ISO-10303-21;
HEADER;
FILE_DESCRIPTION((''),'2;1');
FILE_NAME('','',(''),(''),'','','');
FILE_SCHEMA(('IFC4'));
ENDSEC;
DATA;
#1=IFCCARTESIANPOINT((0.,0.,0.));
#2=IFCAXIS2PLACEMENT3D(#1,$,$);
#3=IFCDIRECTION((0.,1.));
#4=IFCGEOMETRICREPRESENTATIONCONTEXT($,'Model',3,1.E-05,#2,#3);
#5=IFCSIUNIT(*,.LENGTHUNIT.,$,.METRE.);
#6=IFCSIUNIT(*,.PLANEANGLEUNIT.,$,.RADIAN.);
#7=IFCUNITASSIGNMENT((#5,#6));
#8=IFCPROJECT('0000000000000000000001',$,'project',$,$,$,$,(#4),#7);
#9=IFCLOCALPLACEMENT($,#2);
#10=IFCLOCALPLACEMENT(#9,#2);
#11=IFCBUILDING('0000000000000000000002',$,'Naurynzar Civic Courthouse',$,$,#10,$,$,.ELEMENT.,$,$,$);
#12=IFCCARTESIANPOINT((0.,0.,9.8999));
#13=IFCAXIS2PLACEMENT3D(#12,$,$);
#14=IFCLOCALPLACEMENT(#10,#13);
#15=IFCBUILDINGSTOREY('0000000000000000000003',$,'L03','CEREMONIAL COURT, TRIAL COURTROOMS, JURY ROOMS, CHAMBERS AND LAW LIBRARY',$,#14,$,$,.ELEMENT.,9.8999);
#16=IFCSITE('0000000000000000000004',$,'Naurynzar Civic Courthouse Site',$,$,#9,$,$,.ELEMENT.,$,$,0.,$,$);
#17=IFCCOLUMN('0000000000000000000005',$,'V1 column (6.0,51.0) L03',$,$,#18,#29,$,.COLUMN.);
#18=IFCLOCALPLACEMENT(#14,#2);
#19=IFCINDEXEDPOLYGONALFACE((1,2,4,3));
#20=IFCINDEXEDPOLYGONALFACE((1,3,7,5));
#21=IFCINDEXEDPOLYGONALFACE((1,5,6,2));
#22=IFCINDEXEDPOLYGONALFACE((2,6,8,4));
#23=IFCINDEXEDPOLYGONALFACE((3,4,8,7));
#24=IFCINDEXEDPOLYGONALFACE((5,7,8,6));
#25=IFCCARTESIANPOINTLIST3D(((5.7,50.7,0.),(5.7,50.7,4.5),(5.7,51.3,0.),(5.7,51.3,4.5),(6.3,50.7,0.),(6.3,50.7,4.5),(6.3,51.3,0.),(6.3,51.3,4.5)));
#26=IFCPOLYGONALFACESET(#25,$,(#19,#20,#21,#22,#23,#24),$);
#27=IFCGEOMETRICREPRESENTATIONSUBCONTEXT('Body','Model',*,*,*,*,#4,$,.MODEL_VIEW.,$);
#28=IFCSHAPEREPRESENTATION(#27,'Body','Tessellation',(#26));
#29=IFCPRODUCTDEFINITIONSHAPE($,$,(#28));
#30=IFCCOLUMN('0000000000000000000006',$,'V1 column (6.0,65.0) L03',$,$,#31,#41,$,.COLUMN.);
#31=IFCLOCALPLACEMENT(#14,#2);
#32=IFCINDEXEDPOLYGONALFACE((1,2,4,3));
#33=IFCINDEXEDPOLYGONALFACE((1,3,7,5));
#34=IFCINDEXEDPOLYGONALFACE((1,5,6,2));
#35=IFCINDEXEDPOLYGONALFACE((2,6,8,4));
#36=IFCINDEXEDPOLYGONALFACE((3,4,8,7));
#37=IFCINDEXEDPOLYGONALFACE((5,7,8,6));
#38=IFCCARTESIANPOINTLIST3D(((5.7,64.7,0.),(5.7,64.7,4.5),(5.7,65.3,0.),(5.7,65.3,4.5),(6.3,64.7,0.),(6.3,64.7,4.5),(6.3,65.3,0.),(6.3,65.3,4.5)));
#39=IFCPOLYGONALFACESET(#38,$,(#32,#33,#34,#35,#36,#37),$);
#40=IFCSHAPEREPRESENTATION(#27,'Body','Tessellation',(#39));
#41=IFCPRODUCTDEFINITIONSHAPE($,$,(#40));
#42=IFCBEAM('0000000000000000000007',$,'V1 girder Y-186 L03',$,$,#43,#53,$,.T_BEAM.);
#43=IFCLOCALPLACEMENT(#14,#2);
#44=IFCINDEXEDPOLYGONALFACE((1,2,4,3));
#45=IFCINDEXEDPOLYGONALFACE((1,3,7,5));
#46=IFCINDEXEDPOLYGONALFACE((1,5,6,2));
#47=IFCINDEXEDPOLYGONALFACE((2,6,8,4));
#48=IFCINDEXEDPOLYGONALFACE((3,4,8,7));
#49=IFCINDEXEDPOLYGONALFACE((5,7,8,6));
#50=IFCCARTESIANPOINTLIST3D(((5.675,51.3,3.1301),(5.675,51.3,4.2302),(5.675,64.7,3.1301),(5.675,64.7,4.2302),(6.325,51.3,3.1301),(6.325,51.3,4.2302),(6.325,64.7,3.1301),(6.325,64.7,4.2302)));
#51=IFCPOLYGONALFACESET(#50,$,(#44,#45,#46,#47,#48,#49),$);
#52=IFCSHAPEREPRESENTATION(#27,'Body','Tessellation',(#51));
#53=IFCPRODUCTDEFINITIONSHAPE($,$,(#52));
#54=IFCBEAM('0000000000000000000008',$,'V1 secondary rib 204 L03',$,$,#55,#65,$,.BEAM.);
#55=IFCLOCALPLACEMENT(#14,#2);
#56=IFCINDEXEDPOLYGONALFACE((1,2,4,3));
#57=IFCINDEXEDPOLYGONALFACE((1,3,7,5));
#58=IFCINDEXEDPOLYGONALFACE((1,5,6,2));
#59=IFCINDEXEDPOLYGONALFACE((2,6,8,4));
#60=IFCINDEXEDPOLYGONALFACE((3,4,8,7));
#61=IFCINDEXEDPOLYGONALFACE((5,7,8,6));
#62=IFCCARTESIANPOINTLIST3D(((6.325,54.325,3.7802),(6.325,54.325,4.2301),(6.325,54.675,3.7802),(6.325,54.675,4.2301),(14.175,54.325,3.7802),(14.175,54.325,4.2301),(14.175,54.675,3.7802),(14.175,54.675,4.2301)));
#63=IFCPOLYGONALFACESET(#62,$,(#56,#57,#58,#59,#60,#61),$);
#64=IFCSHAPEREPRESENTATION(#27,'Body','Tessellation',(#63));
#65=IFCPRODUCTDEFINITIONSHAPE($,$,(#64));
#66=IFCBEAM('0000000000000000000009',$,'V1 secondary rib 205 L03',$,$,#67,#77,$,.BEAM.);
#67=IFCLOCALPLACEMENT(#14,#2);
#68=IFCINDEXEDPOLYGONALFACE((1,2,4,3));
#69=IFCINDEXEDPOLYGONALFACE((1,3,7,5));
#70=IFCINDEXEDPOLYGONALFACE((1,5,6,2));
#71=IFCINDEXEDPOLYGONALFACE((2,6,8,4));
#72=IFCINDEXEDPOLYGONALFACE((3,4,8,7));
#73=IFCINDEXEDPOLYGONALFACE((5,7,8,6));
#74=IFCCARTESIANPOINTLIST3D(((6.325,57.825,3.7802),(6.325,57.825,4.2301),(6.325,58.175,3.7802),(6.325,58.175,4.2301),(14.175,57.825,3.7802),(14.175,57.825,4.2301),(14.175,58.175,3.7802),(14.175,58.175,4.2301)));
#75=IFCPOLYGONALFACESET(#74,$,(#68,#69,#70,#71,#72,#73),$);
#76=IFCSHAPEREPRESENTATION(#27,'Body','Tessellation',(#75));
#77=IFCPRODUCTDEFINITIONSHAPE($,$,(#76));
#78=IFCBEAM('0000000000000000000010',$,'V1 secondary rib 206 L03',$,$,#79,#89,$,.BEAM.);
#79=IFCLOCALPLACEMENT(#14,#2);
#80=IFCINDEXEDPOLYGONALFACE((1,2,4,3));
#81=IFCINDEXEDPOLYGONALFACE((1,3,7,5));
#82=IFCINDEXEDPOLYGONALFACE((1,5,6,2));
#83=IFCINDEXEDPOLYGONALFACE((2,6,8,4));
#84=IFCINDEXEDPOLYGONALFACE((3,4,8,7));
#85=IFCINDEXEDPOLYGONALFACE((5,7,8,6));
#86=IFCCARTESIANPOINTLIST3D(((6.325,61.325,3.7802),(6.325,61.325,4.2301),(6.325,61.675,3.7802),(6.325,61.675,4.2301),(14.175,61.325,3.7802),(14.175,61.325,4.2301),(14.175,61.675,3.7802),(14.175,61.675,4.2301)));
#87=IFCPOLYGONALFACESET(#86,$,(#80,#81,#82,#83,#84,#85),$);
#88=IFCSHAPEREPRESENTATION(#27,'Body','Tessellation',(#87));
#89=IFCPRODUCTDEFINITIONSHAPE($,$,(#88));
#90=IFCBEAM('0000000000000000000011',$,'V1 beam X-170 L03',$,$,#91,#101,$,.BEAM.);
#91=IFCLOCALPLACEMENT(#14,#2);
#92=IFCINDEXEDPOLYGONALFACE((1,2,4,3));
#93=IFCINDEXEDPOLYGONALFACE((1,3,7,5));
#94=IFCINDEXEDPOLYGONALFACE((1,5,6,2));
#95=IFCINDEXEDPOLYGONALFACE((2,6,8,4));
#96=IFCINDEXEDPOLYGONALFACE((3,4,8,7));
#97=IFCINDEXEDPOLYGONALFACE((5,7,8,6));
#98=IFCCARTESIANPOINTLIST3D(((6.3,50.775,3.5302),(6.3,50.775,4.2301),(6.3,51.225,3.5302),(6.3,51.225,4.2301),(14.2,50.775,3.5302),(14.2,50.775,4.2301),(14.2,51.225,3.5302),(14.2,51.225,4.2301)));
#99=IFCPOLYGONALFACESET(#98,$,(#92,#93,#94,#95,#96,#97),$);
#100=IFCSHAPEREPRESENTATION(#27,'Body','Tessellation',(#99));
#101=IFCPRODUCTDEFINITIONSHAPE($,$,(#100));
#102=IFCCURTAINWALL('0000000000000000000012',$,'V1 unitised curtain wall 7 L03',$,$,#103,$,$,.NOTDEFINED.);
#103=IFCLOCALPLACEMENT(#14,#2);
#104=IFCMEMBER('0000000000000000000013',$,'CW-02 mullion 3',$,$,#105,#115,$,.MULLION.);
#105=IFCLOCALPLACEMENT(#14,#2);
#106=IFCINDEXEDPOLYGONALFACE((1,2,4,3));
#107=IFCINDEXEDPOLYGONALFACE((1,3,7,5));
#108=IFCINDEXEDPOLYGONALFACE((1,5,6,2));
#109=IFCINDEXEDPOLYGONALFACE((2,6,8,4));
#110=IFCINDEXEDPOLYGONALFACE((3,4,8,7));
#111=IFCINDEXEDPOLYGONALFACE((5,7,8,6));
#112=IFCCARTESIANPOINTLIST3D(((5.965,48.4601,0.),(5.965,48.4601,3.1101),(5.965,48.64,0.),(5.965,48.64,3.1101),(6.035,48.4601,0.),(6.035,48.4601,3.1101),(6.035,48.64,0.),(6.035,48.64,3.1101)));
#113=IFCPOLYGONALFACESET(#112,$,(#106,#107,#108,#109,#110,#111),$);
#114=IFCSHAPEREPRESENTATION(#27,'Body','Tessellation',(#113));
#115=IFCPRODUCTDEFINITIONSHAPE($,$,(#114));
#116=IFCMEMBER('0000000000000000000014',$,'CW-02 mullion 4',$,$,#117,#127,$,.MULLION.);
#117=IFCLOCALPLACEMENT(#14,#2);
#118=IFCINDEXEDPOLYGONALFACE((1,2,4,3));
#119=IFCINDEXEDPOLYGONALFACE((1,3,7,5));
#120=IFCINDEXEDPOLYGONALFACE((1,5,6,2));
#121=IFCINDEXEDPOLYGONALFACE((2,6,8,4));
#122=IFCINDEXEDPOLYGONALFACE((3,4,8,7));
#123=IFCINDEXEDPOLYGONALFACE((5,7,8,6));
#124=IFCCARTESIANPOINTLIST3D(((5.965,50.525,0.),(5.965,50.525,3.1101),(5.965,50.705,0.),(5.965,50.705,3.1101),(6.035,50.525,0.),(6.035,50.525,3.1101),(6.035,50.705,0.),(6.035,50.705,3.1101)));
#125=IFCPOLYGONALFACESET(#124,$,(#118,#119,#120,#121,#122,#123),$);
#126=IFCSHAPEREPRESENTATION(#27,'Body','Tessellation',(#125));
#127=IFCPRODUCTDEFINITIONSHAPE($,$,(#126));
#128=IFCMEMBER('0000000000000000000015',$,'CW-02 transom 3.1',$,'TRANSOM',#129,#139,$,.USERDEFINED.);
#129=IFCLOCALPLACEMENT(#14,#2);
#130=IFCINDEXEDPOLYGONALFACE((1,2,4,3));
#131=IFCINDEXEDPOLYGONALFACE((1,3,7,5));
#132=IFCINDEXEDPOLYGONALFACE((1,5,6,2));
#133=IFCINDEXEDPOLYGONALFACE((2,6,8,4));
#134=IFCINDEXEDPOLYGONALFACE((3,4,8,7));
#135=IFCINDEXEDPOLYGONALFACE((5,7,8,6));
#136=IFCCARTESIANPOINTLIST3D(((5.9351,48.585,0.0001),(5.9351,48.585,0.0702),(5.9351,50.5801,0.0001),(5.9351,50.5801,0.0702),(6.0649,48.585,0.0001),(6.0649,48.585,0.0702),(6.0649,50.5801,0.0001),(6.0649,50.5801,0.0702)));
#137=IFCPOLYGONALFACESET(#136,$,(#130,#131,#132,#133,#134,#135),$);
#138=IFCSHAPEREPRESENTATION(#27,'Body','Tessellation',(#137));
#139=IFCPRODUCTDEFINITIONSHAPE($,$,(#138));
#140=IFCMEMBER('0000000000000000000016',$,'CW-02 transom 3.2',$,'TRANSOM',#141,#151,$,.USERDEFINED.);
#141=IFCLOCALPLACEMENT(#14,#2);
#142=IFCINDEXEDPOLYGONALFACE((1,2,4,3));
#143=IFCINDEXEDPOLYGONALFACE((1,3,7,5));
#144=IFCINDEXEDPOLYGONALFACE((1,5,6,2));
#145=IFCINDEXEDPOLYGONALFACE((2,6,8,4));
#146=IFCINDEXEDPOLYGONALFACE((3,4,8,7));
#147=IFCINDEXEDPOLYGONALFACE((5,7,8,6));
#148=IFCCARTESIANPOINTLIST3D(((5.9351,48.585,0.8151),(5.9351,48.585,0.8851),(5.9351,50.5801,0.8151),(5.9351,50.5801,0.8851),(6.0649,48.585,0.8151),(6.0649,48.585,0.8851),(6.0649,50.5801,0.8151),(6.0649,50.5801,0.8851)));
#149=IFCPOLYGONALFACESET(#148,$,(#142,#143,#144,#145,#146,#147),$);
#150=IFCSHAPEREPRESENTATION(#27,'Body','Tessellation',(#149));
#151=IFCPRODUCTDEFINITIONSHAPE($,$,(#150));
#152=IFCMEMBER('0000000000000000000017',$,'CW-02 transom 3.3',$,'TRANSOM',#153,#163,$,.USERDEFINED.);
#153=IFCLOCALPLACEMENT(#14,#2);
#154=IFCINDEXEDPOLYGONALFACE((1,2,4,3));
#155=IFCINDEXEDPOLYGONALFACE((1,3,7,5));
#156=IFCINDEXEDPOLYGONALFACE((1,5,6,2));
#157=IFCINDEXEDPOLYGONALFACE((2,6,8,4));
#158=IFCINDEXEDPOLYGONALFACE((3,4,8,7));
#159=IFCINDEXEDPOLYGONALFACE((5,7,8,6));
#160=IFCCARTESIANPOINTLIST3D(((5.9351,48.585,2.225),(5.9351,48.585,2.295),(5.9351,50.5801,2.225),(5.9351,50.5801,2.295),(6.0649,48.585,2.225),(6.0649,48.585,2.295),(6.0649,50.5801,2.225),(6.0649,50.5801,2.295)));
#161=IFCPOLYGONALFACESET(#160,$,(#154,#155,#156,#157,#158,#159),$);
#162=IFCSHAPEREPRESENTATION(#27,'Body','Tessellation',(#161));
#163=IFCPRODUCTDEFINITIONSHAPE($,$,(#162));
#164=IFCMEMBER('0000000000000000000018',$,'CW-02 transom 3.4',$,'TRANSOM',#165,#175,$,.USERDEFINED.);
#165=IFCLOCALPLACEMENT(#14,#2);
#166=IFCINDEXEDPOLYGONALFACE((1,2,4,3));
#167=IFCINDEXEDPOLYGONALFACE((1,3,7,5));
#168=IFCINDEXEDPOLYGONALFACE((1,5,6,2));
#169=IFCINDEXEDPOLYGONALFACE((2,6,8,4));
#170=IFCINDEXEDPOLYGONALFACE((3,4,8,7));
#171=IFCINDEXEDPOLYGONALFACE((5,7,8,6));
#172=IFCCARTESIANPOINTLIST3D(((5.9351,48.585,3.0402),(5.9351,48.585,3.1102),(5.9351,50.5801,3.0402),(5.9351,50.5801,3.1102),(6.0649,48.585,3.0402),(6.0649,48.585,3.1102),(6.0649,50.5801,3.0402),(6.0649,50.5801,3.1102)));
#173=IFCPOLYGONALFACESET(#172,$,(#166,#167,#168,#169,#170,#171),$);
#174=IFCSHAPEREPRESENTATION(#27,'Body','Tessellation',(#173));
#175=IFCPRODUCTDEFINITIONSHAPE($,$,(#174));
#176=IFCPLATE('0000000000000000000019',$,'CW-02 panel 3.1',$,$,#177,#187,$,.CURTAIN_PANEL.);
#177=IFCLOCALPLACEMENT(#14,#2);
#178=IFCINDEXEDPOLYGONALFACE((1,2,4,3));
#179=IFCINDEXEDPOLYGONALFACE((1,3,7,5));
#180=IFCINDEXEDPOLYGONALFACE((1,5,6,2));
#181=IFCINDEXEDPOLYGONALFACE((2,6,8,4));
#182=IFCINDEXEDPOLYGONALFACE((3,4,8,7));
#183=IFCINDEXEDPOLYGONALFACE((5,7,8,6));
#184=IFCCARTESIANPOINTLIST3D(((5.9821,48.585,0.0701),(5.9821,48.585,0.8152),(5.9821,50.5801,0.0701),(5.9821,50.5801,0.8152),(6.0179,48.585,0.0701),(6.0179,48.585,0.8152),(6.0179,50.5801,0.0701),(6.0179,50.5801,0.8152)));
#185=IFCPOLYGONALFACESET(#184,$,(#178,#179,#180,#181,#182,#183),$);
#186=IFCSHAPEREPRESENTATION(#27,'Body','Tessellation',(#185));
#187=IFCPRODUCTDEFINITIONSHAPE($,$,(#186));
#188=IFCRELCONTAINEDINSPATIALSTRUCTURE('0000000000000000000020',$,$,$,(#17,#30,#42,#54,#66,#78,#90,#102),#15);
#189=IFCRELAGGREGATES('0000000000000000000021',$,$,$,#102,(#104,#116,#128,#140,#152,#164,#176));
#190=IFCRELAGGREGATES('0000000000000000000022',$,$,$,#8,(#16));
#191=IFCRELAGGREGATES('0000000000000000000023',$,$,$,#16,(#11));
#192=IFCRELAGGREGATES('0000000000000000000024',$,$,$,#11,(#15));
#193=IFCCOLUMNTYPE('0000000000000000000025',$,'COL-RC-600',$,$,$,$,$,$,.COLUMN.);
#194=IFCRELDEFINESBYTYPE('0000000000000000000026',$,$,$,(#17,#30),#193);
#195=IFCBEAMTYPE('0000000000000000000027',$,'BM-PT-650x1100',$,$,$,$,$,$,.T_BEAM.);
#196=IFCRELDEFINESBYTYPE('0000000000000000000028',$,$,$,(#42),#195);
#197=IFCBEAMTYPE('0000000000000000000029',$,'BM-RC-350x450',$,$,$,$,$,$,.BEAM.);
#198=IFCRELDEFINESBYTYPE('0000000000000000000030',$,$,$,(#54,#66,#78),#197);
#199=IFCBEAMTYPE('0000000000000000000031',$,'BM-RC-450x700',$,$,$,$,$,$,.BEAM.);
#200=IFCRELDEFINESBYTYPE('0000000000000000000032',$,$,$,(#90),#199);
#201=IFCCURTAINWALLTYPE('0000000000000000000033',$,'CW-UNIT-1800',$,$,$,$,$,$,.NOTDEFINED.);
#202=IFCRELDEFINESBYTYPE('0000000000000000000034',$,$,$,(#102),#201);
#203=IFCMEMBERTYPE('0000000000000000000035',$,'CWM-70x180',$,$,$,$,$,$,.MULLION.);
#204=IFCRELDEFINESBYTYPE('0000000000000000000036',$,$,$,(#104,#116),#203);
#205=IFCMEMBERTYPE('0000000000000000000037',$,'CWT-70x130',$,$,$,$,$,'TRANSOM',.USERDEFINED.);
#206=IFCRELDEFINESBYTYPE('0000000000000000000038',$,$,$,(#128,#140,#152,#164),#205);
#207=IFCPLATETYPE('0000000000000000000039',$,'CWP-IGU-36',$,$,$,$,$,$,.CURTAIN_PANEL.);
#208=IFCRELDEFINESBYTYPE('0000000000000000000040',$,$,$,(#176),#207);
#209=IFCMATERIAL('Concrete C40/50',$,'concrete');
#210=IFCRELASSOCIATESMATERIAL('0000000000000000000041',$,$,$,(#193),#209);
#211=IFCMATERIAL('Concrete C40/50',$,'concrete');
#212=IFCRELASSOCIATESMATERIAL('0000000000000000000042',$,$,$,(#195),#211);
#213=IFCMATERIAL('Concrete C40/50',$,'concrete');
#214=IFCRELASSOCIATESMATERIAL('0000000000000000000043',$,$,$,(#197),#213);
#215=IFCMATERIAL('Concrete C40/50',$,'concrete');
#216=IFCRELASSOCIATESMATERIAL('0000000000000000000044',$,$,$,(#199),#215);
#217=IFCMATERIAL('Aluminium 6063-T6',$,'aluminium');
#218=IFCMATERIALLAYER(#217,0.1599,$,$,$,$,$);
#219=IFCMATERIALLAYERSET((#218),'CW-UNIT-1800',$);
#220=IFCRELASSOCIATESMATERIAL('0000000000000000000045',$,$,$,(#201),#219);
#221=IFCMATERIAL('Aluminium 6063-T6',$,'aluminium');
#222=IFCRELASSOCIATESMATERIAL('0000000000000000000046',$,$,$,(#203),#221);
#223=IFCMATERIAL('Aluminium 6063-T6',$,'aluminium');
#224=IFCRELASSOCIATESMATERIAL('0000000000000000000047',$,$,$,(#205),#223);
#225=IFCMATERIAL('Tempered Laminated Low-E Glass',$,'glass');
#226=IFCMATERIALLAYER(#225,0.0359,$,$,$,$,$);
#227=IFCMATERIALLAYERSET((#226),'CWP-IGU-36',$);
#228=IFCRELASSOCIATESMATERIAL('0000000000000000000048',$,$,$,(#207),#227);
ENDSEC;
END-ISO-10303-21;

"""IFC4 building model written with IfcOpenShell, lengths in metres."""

from ifc_helpers import new_model, si_unit, direction, frame, origin, origin_2d, place, context, subcontext, project, spatial, rectangle, extrude, material, layer, layer_set, material_profile, profile_set, type_object, element, aggregate, save


model = new_model("IFC4")

# Units and contexts
model_context = context("Model", 3, precision=1e-05, world=origin(), true_north=direction((0.0, 1.0)))
body_context = subcontext(model_context, "Body", "Model", "MODEL_VIEW")
ifc_project = project(units=[si_unit("LENGTHUNIT", "METRE"), si_unit("PLANEANGLEUNIT", "RADIAN")], contexts=[model_context])

# Site, building, storey
site_placement = place(None, origin())
site = spatial("IfcSite", under=ifc_project, at=site_placement, Name="Naurynzar Civic Courthouse Site", CompositionType="ELEMENT", RefElevation=0.0)
building_placement = place(site_placement, origin())
building = spatial("IfcBuilding", under=site, at=building_placement, Name="Naurynzar Civic Courthouse", CompositionType="ELEMENT")
storey_placement = place(building_placement, frame((0.0, 0.0, 9.8999)))
storey = spatial("IfcBuildingStorey", under=building, at=storey_placement, Name="L03", Description="CEREMONIAL COURT, TRIAL COURTROOMS, JURY ROOMS, CHAMBERS AND LAW LIBRARY", CompositionType="ELEMENT", Elevation=9.8999)

# Columns
ifc_material_1 = material(Name="Concrete C40/50", Category="concrete")
ifc_material_profile_1 = material_profile(ifc_material_1, rectangle(XDim=0.6001, YDim=0.6001, at=origin_2d()), Name="RC 600x600")
ifc_profile_set_1 = profile_set([ifc_material_profile_1], Name="Concrete C40/50")
column_type = type_object("IfcColumnType", Name="COL-RC-600", PredefinedType="COLUMN", material=ifc_profile_set_1)
for number, where, z_axis, x_axis, name in (
    (1, (6.0, 51.0, 0.0), (0.0, 0.0, 1.0), (1.0, 0.0, 0.0), "V1 column (6.0,51.0) L03"),
    (2, (6.0, 65.0, 0.0), (0.0, 0.0, 1.0), (1.0, 0.0, 0.0), "V1 column (6.0,65.0) L03"),
):
    element("IfcColumn", number, at=place(storey_placement, frame(where, z_axis=z_axis, x_axis=x_axis)), inside=storey, type_object=column_type, Name=name, PredefinedType="COLUMN", context=body_context, shape_type="SweptSolid", body=[
        extrude(rectangle(XDim=0.6001, YDim=0.6001, at=origin_2d()), origin(), (0.0, 0.0, 1.0), 4.5),
    ])

# Beams
ifc_material_2 = material(Name="Concrete C40/50", Category="concrete")
ifc_material_profile_2 = material_profile(ifc_material_2, rectangle(XDim=0.6499, YDim=1.1001, at=origin_2d()), Name="PTB 650x1100")
ifc_profile_set_2 = profile_set([ifc_material_profile_2], Name="Concrete C40/50")
beam_type_1 = type_object("IfcBeamType", Name="BM-PT-650x1100", PredefinedType="T_BEAM", material=ifc_profile_set_2)
beam_1_placement = place(storey_placement, frame((6.0, 51.3, 3.6802), z_axis=(0.0, 1.0, 0.0), x_axis=(-1.0, 0.0, 0.0)))
element("IfcBeam", 3, at=beam_1_placement, inside=storey, type_object=beam_type_1, Name="V1 girder Y-186 L03", PredefinedType="T_BEAM", context=body_context, shape_type="SweptSolid", body=[
    extrude(rectangle(XDim=0.6499, YDim=1.1001, at=origin_2d()), origin(), (0.0, 0.0, 1.0), 13.3999),
])
ifc_material_3 = material(Name="Concrete C40/50", Category="concrete")
ifc_material_profile_3 = material_profile(ifc_material_3, rectangle(XDim=0.3501, YDim=0.45, at=origin_2d()), Name="RCB 350x450")
ifc_profile_set_3 = profile_set([ifc_material_profile_3], Name="Concrete C40/50")
beam_type_2 = type_object("IfcBeamType", Name="BM-RC-350x450", PredefinedType="BEAM", material=ifc_profile_set_3)
for number, where, z_axis, x_axis, name in (
    (4, (6.325, 54.5, 4.0051), (1.0, 0.0, 0.0), (0.0, 1.0, 0.0), "V1 secondary rib 204 L03"),
    (5, (6.325, 58.0, 4.0051), (1.0, 0.0, 0.0), (0.0, 1.0, 0.0), "V1 secondary rib 205 L03"),
    (6, (6.325, 61.5, 4.0051), (1.0, 0.0, 0.0), (0.0, 1.0, 0.0), "V1 secondary rib 206 L03"),
):
    element("IfcBeam", number, at=place(storey_placement, frame(where, z_axis=z_axis, x_axis=x_axis)), inside=storey, type_object=beam_type_2, Name=name, PredefinedType="BEAM", context=body_context, shape_type="SweptSolid", body=[
        extrude(rectangle(XDim=0.3501, YDim=0.45, at=origin_2d()), origin(), (0.0, 0.0, 1.0), 7.8501),
    ])
ifc_material_4 = material(Name="Concrete C40/50", Category="concrete")
ifc_material_profile_4 = material_profile(ifc_material_4, rectangle(XDim=0.45, YDim=0.7, at=origin_2d()), Name="RCB 450x700")
ifc_profile_set_4 = profile_set([ifc_material_profile_4], Name="Concrete C40/50")
beam_type_3 = type_object("IfcBeamType", Name="BM-RC-450x700", PredefinedType="BEAM", material=ifc_profile_set_4)
beam_2_placement = place(storey_placement, frame((6.3, 51.0, 3.8801), z_axis=(1.0, 0.0, 0.0), x_axis=(0.0, 1.0, 0.0)))
element("IfcBeam", 7, at=beam_2_placement, inside=storey, type_object=beam_type_3, Name="V1 beam X-170 L03", PredefinedType="BEAM", context=body_context, shape_type="SweptSolid", body=[
    extrude(rectangle(XDim=0.45, YDim=0.7, at=origin_2d()), origin(), (0.0, 0.0, 1.0), 7.8999),
])

# Curtain wall, members, plate
ifc_material_5 = material(Name="Aluminium 6063-T6", Category="aluminium")
ifc_layer_1 = layer(ifc_material_5, 0.1599)
ifc_layer_set_1 = layer_set([ifc_layer_1], Name="CW-UNIT-1800")
curtain_wall_type = type_object("IfcCurtainWallType", Name="CW-UNIT-1800", PredefinedType="NOTDEFINED", material=ifc_layer_set_1)
curtain_wall_placement = place(storey_placement, origin())
curtain_wall = element("IfcCurtainWall", 8, at=curtain_wall_placement, inside=storey, type_object=curtain_wall_type, Name="V1 unitised curtain wall 7 L03", PredefinedType="NOTDEFINED")
ifc_material_6 = material(Name="Aluminium 6063-T6", Category="aluminium")
ifc_material_profile_5 = material_profile(ifc_material_6, rectangle(XDim=0.0701, YDim=0.1799, at=origin_2d()), Name="ALU MULLION 70x180")
ifc_profile_set_5 = profile_set([ifc_material_profile_5], Name="Aluminium 6063-T6")
member_type_1 = type_object("IfcMemberType", Name="CWM-70x180", PredefinedType="MULLION", material=ifc_profile_set_5)
member_1_placement = place(storey_placement, frame((6.0, 48.55, 0.0), z_axis=(0.0, 0.0, 1.0), x_axis=(-1.0, 0.0, 0.0)))
member_1 = element("IfcMember", 9, at=member_1_placement, type_object=member_type_1, Name="CW-02 mullion 3", PredefinedType="MULLION", context=body_context, shape_type="SweptSolid", body=[
    extrude(rectangle(XDim=0.0701, YDim=0.1799, at=origin_2d()), origin(), (0.0, 0.0, 1.0), 3.1101),
])
member_2_placement = place(storey_placement, frame((6.0, 50.615, 0.0), z_axis=(0.0, 0.0, 1.0), x_axis=(-1.0, 0.0, 0.0)))
member_2 = element("IfcMember", 10, at=member_2_placement, type_object=member_type_1, Name="CW-02 mullion 4", PredefinedType="MULLION", context=body_context, shape_type="SweptSolid", body=[
    extrude(rectangle(XDim=0.0701, YDim=0.1799, at=origin_2d()), origin(), (0.0, 0.0, 1.0), 3.1101),
])
ifc_material_7 = material(Name="Aluminium 6063-T6", Category="aluminium")
ifc_material_profile_6 = material_profile(ifc_material_7, rectangle(XDim=0.1299, YDim=0.0701, at=origin_2d()), Name="ALU TRANSOM 70x130")
ifc_profile_set_6 = profile_set([ifc_material_profile_6], Name="Aluminium 6063-T6")
member_type_2 = type_object("IfcMemberType", Name="CWT-70x130", ElementType="TRANSOM", PredefinedType="USERDEFINED", material=ifc_profile_set_6)
member_3_placement = place(storey_placement, frame((6.0, 48.585, 0.0352), z_axis=(0.0, 1.0, 0.0), x_axis=(-1.0, 0.0, 0.0)))
member_3 = element("IfcMember", 11, at=member_3_placement, type_object=member_type_2, Name="CW-02 transom 3.1", ObjectType="TRANSOM", PredefinedType="USERDEFINED", context=body_context, shape_type="SweptSolid", body=[
    extrude(rectangle(XDim=0.1299, YDim=0.0701, at=origin_2d()), origin(), (0.0, 0.0, 1.0), 1.9951),
])
member_4_placement = place(storey_placement, frame((6.0, 48.585, 0.8501), z_axis=(0.0, 1.0, 0.0), x_axis=(-1.0, 0.0, 0.0)))
member_4 = element("IfcMember", 12, at=member_4_placement, type_object=member_type_2, Name="CW-02 transom 3.2", ObjectType="TRANSOM", PredefinedType="USERDEFINED", context=body_context, shape_type="SweptSolid", body=[
    extrude(rectangle(XDim=0.1299, YDim=0.0701, at=origin_2d()), origin(), (0.0, 0.0, 1.0), 1.9951),
])
member_5_placement = place(storey_placement, frame((6.0, 48.585, 2.26), z_axis=(0.0, 1.0, 0.0), x_axis=(-1.0, 0.0, 0.0)))
member_5 = element("IfcMember", 13, at=member_5_placement, type_object=member_type_2, Name="CW-02 transom 3.3", ObjectType="TRANSOM", PredefinedType="USERDEFINED", context=body_context, shape_type="SweptSolid", body=[
    extrude(rectangle(XDim=0.1299, YDim=0.0701, at=origin_2d()), origin(), (0.0, 0.0, 1.0), 1.9951),
])
member_6_placement = place(storey_placement, frame((6.0, 48.585, 3.0752), z_axis=(0.0, 1.0, 0.0), x_axis=(-1.0, 0.0, 0.0)))
member_6 = element("IfcMember", 14, at=member_6_placement, type_object=member_type_2, Name="CW-02 transom 3.4", ObjectType="TRANSOM", PredefinedType="USERDEFINED", context=body_context, shape_type="SweptSolid", body=[
    extrude(rectangle(XDim=0.1299, YDim=0.0701, at=origin_2d()), origin(), (0.0, 0.0, 1.0), 1.9951),
])
ifc_material_8 = material(Name="Tempered Laminated Low-E Glass", Category="glass")
ifc_layer_2 = layer(ifc_material_8, 0.0359)
ifc_layer_set_2 = layer_set([ifc_layer_2], Name="CWP-IGU-36")
plate_type = type_object("IfcPlateType", Name="CWP-IGU-36", PredefinedType="CURTAIN_PANEL", material=ifc_layer_set_2)
plate_1_placement = place(storey_placement, frame((6.0, 49.5825, 0.0701), z_axis=(0.0, 0.0, 1.0), x_axis=(0.0, 1.0, 0.0)))
plate_1 = element("IfcPlate", 15, at=plate_1_placement, type_object=plate_type, Name="CW-02 panel 3.1", PredefinedType="CURTAIN_PANEL", context=body_context, shape_type="SweptSolid", body=[
    extrude(rectangle(XDim=1.9951, YDim=0.0359, at=origin_2d()), origin(), (0.0, 0.0, 1.0), 0.7451),
])
aggregate(curtain_wall, [member_1, member_2, member_3, member_4, member_5, member_6, plate_1])

save(model, "model.ifc")
